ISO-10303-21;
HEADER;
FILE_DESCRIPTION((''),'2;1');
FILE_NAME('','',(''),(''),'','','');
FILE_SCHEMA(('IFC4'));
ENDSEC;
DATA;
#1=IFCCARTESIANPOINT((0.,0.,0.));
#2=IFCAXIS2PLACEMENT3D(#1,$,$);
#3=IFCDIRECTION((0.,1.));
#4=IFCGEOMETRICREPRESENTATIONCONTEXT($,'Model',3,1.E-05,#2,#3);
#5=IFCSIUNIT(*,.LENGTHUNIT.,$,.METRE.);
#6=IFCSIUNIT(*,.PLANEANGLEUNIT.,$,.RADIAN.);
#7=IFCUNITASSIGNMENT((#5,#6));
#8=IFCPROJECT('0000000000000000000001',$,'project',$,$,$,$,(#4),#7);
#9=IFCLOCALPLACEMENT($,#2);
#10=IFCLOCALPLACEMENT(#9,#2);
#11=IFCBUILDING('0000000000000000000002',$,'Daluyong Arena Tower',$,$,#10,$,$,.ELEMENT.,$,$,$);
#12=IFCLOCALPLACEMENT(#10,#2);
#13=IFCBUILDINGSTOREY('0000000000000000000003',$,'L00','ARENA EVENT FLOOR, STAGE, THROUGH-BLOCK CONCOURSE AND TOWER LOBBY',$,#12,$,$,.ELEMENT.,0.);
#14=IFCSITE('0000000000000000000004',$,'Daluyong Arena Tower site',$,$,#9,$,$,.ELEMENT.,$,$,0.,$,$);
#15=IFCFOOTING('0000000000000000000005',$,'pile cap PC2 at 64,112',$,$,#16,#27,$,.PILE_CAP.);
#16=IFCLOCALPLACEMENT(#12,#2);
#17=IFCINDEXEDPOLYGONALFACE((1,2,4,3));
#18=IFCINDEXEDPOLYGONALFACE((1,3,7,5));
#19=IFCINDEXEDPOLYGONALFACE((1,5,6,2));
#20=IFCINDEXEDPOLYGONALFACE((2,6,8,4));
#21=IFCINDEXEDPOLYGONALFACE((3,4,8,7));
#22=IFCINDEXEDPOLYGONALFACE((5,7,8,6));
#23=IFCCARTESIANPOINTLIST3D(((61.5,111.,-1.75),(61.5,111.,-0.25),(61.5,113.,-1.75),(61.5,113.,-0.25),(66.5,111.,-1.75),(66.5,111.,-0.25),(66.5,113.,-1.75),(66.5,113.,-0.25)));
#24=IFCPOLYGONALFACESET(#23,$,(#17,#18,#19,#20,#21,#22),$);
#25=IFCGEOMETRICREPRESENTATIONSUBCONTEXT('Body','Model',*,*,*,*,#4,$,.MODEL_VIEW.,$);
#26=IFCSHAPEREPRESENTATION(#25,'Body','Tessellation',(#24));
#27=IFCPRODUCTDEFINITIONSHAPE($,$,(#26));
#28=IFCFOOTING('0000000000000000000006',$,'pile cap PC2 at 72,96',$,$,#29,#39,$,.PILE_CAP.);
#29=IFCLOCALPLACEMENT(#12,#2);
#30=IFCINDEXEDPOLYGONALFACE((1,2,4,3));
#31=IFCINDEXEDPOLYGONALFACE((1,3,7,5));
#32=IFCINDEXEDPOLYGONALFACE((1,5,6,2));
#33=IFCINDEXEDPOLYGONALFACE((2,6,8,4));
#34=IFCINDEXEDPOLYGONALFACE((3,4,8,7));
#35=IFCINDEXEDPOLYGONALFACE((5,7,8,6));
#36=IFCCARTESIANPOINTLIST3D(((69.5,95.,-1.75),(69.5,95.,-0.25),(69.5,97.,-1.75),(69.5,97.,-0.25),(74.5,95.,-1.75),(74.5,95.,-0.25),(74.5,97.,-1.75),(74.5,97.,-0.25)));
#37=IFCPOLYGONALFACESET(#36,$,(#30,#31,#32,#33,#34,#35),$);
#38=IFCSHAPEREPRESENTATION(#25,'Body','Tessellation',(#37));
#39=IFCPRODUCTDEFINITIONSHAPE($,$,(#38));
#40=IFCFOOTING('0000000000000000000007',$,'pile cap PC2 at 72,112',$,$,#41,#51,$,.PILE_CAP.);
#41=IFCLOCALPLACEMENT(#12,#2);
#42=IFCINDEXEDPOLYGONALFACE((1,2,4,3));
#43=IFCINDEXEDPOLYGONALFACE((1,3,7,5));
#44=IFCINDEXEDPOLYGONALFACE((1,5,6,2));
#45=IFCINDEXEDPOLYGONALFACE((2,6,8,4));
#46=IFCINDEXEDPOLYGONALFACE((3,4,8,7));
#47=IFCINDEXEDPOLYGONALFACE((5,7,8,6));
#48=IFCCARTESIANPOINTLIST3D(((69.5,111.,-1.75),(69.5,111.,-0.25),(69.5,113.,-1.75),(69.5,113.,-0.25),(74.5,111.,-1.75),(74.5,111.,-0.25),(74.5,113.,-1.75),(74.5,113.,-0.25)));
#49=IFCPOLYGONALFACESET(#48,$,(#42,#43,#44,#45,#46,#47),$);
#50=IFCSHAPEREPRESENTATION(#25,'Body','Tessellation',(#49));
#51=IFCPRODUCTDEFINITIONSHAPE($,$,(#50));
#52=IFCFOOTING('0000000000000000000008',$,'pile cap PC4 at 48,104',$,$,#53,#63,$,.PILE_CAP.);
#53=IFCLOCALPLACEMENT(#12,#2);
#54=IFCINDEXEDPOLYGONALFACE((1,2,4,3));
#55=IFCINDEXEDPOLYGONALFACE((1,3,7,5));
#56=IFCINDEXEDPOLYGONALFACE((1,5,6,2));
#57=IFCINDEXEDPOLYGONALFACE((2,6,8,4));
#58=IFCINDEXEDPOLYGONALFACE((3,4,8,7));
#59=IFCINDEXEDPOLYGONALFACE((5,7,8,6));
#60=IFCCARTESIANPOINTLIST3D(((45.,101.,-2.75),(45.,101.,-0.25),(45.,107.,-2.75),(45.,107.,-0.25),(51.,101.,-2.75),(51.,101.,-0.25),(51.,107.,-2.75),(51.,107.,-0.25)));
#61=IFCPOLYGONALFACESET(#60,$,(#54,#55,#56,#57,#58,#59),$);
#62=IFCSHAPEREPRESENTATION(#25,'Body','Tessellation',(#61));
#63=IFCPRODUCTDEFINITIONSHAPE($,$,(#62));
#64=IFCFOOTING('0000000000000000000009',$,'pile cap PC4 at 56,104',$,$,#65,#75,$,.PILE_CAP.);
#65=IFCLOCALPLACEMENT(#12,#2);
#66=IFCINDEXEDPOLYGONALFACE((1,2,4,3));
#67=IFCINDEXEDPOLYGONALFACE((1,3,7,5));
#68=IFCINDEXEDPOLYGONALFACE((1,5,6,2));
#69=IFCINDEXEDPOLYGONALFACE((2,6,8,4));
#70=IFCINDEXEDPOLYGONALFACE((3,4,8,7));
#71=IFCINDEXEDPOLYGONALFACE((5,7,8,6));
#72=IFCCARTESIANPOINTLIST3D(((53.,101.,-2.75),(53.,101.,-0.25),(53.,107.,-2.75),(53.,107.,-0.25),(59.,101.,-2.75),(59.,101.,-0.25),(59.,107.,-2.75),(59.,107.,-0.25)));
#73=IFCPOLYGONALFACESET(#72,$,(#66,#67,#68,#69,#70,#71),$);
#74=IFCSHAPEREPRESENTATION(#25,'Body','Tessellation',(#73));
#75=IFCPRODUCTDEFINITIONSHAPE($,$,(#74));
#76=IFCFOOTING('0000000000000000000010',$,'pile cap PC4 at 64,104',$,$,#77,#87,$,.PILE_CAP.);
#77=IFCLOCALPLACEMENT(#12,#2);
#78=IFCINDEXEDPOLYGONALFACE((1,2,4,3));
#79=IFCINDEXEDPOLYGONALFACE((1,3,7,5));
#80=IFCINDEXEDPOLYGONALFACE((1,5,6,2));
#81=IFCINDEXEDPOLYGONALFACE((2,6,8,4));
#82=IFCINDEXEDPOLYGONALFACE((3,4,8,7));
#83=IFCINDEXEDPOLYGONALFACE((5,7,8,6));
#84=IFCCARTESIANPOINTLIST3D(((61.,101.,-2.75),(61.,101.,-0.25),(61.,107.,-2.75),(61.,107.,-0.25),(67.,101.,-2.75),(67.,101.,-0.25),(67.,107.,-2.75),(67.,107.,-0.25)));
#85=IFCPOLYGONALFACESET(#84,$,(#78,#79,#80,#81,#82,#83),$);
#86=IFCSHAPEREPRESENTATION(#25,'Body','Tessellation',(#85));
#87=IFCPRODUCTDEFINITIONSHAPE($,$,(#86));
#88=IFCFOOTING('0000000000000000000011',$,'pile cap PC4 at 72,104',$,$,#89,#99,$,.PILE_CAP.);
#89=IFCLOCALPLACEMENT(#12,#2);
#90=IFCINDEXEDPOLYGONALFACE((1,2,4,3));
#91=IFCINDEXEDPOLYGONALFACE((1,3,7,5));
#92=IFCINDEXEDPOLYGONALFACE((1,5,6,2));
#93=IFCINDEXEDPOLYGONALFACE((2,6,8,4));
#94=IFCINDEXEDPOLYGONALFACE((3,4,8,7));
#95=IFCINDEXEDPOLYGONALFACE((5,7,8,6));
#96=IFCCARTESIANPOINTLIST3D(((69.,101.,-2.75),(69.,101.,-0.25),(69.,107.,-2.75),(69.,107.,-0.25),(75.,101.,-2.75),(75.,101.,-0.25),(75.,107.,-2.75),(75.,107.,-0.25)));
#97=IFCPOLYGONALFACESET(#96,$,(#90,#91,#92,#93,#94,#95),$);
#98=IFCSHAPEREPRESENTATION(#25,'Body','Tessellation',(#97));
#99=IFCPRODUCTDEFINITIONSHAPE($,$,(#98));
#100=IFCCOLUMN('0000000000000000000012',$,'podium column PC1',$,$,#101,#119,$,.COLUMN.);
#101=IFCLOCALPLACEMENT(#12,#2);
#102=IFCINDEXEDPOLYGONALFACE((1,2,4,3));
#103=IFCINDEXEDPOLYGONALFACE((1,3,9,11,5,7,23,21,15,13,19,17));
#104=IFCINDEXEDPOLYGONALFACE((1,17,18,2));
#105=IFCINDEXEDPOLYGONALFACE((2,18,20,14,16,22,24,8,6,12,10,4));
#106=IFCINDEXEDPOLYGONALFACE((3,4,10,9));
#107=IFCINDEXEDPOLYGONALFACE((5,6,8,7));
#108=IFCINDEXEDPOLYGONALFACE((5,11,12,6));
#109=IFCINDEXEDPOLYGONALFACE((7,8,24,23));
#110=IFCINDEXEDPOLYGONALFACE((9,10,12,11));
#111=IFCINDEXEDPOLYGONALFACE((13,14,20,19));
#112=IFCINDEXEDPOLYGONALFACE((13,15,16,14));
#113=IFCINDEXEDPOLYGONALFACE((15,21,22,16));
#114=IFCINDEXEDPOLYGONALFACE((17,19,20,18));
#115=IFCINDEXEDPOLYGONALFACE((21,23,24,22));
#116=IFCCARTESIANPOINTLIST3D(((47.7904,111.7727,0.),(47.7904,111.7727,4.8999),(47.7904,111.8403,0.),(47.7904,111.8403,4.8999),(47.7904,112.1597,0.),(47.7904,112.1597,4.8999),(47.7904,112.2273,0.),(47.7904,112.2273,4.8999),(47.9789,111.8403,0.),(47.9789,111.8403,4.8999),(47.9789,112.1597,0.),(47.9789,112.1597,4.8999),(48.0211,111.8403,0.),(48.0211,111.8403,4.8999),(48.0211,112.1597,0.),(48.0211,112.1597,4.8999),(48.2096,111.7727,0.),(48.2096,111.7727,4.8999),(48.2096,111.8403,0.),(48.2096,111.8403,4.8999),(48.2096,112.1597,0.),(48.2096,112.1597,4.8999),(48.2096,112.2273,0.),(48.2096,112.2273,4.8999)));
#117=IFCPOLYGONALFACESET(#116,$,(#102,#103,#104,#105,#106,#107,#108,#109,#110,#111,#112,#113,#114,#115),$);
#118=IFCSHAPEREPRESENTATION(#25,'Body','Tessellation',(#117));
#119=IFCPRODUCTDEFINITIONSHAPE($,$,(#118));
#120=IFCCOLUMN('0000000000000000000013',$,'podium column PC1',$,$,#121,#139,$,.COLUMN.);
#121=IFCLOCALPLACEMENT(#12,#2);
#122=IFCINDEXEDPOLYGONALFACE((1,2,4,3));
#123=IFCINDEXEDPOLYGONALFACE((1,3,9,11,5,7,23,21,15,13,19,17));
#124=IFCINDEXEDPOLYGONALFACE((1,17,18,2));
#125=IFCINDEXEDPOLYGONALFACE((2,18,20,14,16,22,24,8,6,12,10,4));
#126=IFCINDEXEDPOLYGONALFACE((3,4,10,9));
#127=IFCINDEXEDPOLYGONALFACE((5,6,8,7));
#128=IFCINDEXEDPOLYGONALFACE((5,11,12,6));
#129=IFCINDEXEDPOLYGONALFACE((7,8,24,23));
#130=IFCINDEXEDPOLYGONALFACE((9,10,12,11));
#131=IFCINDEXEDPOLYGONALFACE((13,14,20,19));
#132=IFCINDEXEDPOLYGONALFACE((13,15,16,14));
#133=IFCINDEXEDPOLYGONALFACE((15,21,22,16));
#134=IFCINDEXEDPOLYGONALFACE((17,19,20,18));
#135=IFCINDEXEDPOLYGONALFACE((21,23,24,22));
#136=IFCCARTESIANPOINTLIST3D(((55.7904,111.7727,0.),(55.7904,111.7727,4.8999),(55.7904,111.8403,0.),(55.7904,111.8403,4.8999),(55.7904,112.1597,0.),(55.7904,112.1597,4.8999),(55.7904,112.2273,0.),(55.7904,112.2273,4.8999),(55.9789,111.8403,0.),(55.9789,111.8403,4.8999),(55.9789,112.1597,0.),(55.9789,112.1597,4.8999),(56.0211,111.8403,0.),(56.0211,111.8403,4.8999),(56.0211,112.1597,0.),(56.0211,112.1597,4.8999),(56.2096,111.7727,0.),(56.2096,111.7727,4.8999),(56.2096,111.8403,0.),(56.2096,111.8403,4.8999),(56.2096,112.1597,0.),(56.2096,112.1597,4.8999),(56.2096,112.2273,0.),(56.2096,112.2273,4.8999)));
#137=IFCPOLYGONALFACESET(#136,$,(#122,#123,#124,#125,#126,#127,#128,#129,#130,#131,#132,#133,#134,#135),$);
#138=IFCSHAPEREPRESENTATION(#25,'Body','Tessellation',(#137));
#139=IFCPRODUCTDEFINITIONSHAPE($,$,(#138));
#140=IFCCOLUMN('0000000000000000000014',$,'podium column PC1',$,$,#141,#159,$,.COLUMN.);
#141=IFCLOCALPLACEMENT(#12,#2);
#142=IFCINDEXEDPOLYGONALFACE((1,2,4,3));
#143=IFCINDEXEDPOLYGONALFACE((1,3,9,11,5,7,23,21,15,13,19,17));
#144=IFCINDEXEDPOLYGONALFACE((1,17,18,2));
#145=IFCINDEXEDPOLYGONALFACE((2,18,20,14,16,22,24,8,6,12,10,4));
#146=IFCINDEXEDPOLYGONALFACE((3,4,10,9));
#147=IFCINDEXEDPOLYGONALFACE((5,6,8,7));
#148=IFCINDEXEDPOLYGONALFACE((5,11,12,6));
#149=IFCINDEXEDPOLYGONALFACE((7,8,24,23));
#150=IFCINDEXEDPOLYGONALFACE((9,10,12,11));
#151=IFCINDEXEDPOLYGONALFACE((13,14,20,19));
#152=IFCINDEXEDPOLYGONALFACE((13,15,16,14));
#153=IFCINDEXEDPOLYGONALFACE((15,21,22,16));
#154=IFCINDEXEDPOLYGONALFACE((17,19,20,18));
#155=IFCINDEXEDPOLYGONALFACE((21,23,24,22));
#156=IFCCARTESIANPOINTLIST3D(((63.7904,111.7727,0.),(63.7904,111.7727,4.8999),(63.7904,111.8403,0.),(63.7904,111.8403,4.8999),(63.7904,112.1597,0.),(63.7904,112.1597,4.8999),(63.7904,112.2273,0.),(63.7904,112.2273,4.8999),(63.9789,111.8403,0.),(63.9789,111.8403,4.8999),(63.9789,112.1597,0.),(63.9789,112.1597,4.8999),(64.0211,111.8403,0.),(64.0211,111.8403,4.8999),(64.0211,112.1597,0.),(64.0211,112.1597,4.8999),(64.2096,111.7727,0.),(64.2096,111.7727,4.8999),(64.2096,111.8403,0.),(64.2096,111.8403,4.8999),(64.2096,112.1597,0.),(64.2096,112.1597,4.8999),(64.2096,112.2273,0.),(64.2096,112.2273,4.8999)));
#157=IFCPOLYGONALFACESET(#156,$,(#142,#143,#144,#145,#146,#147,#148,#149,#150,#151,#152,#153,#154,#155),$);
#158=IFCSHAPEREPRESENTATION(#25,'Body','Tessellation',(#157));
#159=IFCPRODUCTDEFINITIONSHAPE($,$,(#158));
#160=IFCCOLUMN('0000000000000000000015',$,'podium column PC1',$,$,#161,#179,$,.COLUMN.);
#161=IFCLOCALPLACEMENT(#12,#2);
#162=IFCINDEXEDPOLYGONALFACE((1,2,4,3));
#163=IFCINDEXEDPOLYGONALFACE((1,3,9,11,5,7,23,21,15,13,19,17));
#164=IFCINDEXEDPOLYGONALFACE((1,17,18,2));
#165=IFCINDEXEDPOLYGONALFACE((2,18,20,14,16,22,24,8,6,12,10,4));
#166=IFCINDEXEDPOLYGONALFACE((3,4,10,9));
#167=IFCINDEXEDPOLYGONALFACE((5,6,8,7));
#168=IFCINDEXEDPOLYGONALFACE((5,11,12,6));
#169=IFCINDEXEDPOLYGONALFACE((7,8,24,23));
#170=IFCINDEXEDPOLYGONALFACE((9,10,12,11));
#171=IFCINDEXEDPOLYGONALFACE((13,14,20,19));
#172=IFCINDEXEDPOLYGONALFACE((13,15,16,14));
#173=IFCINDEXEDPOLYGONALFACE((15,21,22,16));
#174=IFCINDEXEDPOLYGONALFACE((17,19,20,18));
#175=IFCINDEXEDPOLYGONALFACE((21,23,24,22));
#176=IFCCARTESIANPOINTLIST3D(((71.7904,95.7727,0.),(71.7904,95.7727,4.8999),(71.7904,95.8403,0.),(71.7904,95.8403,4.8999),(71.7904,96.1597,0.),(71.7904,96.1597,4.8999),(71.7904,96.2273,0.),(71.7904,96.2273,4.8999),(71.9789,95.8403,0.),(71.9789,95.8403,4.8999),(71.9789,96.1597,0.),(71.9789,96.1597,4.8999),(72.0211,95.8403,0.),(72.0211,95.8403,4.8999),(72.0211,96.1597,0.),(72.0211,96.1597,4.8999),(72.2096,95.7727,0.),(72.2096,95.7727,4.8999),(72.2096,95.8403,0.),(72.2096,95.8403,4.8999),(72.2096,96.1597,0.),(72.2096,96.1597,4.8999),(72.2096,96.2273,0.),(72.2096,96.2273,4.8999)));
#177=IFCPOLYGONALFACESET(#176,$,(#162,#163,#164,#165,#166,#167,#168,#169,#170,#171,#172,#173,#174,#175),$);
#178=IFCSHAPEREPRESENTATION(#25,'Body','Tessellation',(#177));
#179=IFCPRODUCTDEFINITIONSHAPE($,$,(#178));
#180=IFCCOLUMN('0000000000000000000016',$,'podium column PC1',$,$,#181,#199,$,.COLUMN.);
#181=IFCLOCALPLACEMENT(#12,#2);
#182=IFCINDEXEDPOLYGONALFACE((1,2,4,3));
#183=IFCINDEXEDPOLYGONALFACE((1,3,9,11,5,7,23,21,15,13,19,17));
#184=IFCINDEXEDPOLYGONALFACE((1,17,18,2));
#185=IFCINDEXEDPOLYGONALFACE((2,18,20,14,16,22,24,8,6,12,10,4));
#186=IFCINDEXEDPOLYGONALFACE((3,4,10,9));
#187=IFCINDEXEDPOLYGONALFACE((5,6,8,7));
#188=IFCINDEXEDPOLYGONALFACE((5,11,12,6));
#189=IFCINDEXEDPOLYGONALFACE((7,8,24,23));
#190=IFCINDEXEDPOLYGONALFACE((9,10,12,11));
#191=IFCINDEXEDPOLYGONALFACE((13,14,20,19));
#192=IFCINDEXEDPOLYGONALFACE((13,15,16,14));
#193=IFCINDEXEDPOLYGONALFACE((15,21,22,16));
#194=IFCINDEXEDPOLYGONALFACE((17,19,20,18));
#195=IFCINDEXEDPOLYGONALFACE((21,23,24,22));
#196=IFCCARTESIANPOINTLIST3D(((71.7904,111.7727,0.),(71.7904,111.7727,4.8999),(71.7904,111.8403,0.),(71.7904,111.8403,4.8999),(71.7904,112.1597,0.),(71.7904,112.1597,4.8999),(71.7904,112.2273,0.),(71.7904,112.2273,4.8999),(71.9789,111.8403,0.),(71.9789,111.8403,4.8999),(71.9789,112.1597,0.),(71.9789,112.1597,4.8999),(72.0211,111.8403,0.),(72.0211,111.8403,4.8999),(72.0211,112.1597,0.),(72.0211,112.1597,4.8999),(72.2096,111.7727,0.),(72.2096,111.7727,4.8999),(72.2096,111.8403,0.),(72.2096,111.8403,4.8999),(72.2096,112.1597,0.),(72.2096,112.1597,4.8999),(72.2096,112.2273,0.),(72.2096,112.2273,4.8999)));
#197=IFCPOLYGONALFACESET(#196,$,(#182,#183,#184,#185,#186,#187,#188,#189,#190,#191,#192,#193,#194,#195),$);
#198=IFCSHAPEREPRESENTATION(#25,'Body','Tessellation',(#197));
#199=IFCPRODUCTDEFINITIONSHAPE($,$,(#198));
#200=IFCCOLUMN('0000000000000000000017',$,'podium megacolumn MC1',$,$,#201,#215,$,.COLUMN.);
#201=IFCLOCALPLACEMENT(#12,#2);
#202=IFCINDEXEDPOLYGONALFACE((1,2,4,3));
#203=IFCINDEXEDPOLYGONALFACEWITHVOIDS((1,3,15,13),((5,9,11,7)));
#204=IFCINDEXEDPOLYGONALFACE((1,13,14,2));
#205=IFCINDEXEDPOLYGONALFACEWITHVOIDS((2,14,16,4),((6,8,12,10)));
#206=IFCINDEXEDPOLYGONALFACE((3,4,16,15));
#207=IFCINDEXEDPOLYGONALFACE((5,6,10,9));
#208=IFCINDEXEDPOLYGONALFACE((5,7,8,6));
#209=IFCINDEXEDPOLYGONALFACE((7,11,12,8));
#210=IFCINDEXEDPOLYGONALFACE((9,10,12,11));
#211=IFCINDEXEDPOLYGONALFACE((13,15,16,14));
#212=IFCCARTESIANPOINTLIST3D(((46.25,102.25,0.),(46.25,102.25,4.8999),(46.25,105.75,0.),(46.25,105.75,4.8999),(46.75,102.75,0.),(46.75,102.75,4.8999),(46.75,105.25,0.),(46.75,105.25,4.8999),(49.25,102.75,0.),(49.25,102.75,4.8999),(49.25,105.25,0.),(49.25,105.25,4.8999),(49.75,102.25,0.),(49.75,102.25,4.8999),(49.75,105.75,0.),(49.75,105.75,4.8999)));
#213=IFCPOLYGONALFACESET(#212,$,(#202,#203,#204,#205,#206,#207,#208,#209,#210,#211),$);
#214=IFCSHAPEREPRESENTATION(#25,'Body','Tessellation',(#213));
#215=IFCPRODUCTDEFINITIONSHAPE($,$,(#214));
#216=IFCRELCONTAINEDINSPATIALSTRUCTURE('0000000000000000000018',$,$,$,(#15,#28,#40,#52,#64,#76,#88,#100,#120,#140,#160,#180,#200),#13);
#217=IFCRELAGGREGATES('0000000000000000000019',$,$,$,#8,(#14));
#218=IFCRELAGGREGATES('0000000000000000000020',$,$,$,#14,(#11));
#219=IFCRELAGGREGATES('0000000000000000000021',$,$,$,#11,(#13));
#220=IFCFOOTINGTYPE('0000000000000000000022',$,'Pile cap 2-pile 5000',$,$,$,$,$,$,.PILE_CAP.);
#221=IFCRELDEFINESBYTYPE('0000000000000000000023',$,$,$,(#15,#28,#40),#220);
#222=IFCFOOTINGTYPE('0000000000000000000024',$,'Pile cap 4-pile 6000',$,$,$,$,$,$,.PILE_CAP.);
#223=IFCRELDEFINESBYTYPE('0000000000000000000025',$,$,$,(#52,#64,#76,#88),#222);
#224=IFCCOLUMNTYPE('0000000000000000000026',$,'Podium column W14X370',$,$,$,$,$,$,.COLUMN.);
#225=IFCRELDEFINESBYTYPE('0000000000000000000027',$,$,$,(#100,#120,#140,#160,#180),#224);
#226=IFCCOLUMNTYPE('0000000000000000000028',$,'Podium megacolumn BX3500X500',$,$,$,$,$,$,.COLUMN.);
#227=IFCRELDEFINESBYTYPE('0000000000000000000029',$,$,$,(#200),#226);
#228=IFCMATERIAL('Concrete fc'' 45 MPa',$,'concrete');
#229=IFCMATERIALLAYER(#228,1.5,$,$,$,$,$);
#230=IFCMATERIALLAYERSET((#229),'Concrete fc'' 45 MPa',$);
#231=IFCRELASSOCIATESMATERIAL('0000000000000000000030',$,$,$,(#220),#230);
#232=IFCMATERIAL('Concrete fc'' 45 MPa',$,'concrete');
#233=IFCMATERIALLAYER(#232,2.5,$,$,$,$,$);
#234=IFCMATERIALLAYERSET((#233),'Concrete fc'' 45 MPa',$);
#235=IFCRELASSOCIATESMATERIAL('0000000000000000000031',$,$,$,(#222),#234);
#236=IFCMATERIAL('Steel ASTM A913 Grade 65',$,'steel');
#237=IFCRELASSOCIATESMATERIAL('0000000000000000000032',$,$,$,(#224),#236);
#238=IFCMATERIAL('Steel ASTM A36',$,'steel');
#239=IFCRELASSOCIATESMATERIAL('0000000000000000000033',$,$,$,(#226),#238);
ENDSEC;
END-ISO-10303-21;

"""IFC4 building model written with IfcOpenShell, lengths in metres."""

from ifc_helpers import new_model, si_unit, direction, frame, origin, origin_2d, place, context, subcontext, project, spatial, rectangle, hollow_rectangle, i_section, extrude, material, layer, layer_set, material_profile, profile_set, type_object, element, save


model = new_model("IFC4")

# Units and contexts
model_context = context("Model", 3, precision=1e-05, world=origin(), true_north=direction((0.0, 1.0)))
body_context = subcontext(model_context, "Body", "Model", "MODEL_VIEW")
ifc_project = project(units=[si_unit("LENGTHUNIT", "METRE"), si_unit("PLANEANGLEUNIT", "RADIAN")], contexts=[model_context])

# Site, building, storey
site_placement = place(None, origin())
site = spatial("IfcSite", under=ifc_project, at=site_placement, Name="Daluyong Arena Tower site", CompositionType="ELEMENT", RefElevation=0.0)
building_placement = place(site_placement, origin())
building = spatial("IfcBuilding", under=site, at=building_placement, Name="Daluyong Arena Tower", CompositionType="ELEMENT")
storey_placement = place(building_placement, origin())
storey = spatial("IfcBuildingStorey", under=building, at=storey_placement, Name="L00", Description="ARENA EVENT FLOOR, STAGE, THROUGH-BLOCK CONCOURSE AND TOWER LOBBY", CompositionType="ELEMENT", Elevation=0.0)

# Footings
ifc_material_1 = material(Name="Concrete fc' 45 MPa", Category="concrete")
ifc_layer_1 = layer(ifc_material_1, 1.5)
ifc_layer_set_1 = layer_set([ifc_layer_1], Name="Concrete fc' 45 MPa")
footing_type_1 = type_object("IfcFootingType", Name="Pile cap 2-pile 5000", PredefinedType="PILE_CAP", material=ifc_layer_set_1)
for number, where, z_axis, x_axis, name in (
    (1, (64.0, 112.0, -1.75), (0.0, 0.0, 1.0), (1.0, 0.0, 0.0), "pile cap PC2 at 64,112"),
    (2, (72.0, 96.0, -1.75), (0.0, 0.0, 1.0), (1.0, 0.0, 0.0), "pile cap PC2 at 72,96"),
    (3, (72.0, 112.0, -1.75), (0.0, 0.0, 1.0), (1.0, 0.0, 0.0), "pile cap PC2 at 72,112"),
):
    element("IfcFooting", number, at=place(storey_placement, frame(where, z_axis=z_axis, x_axis=x_axis)), inside=storey, type_object=footing_type_1, Name=name, PredefinedType="PILE_CAP", context=body_context, shape_type="SweptSolid", body=[
        extrude(rectangle(XDim=5.0, YDim=2.0, at=origin_2d()), origin(), (0.0, 0.0, 1.0), 1.5),
    ])
ifc_material_2 = material(Name="Concrete fc' 45 MPa", Category="concrete")
ifc_layer_2 = layer(ifc_material_2, 2.5)
ifc_layer_set_2 = layer_set([ifc_layer_2], Name="Concrete fc' 45 MPa")
footing_type_2 = type_object("IfcFootingType", Name="Pile cap 4-pile 6000", PredefinedType="PILE_CAP", material=ifc_layer_set_2)
for number, where, z_axis, x_axis, name in (
    (4, (48.0, 104.0, -2.75), (0.0, 0.0, 1.0), (1.0, 0.0, 0.0), "pile cap PC4 at 48,104"),
    (5, (56.0, 104.0, -2.75), (0.0, 0.0, 1.0), (1.0, 0.0, 0.0), "pile cap PC4 at 56,104"),
    (6, (64.0, 104.0, -2.75), (0.0, 0.0, 1.0), (1.0, 0.0, 0.0), "pile cap PC4 at 64,104"),
    (7, (72.0, 104.0, -2.75), (0.0, 0.0, 1.0), (1.0, 0.0, 0.0), "pile cap PC4 at 72,104"),
):
    element("IfcFooting", number, at=place(storey_placement, frame(where, z_axis=z_axis, x_axis=x_axis)), inside=storey, type_object=footing_type_2, Name=name, PredefinedType="PILE_CAP", context=body_context, shape_type="SweptSolid", body=[
        extrude(rectangle(XDim=6.0, YDim=6.0, at=origin_2d()), origin(), (0.0, 0.0, 1.0), 2.5),
    ])

# Columns
ifc_material_3 = material(Name="Steel ASTM A913 Grade 65", Category="steel")
ifc_material_profile_1 = material_profile(ifc_material_3, i_section(OverallWidth=0.4192, OverallDepth=0.4546, WebThickness=0.0422, FlangeThickness=0.0676, at=origin_2d()))
ifc_profile_set_1 = profile_set([ifc_material_profile_1], Name="Steel ASTM A913 Grade 65")
column_type_1 = type_object("IfcColumnType", Name="Podium column W14X370", PredefinedType="COLUMN", material=ifc_profile_set_1)
for number, where, z_axis, x_axis, name in (
    (8, (48.0, 112.0, 0.0), (0.0, 0.0, 1.0), (1.0, 0.0, 0.0), "podium column PC1"),
    (9, (56.0, 112.0, 0.0), (0.0, 0.0, 1.0), (1.0, 0.0, 0.0), "podium column PC1"),
    (10, (64.0, 112.0, 0.0), (0.0, 0.0, 1.0), (1.0, 0.0, 0.0), "podium column PC1"),
    (11, (72.0, 96.0, 0.0), (0.0, 0.0, 1.0), (1.0, 0.0, 0.0), "podium column PC1"),
    (12, (72.0, 112.0, 0.0), (0.0, 0.0, 1.0), (1.0, 0.0, 0.0), "podium column PC1"),
):
    element("IfcColumn", number, at=place(storey_placement, frame(where, z_axis=z_axis, x_axis=x_axis)), inside=storey, type_object=column_type_1, Name=name, PredefinedType="COLUMN", context=body_context, shape_type="SweptSolid", body=[
        extrude(i_section(OverallWidth=0.4192, OverallDepth=0.4546, WebThickness=0.0422, FlangeThickness=0.0676, at=origin_2d()), origin(), (0.0, 0.0, 1.0), 4.8999),
    ])
ifc_material_4 = material(Name="Steel ASTM A36", Category="steel")
ifc_material_profile_2 = material_profile(ifc_material_4, hollow_rectangle(XDim=3.5, YDim=3.5, WallThickness=0.5, at=origin_2d()))
ifc_profile_set_2 = profile_set([ifc_material_profile_2], Name="Steel ASTM A36")
column_type_2 = type_object("IfcColumnType", Name="Podium megacolumn BX3500X500", PredefinedType="COLUMN", material=ifc_profile_set_2)
for number, where, z_axis, x_axis, name in (
    (13, (48.0, 104.0, 0.0), (0.0, 0.0, 1.0), (1.0, 0.0, 0.0), "podium megacolumn MC1"),
):
    element("IfcColumn", number, at=place(storey_placement, frame(where, z_axis=z_axis, x_axis=x_axis)), inside=storey, type_object=column_type_2, Name=name, PredefinedType="COLUMN", context=body_context, shape_type="SweptSolid", body=[
        extrude(hollow_rectangle(XDim=3.5, YDim=3.5, WallThickness=0.5, at=origin_2d()), origin(), (0.0, 0.0, 1.0), 4.8999),
    ])

save(model, "model.ifc")
